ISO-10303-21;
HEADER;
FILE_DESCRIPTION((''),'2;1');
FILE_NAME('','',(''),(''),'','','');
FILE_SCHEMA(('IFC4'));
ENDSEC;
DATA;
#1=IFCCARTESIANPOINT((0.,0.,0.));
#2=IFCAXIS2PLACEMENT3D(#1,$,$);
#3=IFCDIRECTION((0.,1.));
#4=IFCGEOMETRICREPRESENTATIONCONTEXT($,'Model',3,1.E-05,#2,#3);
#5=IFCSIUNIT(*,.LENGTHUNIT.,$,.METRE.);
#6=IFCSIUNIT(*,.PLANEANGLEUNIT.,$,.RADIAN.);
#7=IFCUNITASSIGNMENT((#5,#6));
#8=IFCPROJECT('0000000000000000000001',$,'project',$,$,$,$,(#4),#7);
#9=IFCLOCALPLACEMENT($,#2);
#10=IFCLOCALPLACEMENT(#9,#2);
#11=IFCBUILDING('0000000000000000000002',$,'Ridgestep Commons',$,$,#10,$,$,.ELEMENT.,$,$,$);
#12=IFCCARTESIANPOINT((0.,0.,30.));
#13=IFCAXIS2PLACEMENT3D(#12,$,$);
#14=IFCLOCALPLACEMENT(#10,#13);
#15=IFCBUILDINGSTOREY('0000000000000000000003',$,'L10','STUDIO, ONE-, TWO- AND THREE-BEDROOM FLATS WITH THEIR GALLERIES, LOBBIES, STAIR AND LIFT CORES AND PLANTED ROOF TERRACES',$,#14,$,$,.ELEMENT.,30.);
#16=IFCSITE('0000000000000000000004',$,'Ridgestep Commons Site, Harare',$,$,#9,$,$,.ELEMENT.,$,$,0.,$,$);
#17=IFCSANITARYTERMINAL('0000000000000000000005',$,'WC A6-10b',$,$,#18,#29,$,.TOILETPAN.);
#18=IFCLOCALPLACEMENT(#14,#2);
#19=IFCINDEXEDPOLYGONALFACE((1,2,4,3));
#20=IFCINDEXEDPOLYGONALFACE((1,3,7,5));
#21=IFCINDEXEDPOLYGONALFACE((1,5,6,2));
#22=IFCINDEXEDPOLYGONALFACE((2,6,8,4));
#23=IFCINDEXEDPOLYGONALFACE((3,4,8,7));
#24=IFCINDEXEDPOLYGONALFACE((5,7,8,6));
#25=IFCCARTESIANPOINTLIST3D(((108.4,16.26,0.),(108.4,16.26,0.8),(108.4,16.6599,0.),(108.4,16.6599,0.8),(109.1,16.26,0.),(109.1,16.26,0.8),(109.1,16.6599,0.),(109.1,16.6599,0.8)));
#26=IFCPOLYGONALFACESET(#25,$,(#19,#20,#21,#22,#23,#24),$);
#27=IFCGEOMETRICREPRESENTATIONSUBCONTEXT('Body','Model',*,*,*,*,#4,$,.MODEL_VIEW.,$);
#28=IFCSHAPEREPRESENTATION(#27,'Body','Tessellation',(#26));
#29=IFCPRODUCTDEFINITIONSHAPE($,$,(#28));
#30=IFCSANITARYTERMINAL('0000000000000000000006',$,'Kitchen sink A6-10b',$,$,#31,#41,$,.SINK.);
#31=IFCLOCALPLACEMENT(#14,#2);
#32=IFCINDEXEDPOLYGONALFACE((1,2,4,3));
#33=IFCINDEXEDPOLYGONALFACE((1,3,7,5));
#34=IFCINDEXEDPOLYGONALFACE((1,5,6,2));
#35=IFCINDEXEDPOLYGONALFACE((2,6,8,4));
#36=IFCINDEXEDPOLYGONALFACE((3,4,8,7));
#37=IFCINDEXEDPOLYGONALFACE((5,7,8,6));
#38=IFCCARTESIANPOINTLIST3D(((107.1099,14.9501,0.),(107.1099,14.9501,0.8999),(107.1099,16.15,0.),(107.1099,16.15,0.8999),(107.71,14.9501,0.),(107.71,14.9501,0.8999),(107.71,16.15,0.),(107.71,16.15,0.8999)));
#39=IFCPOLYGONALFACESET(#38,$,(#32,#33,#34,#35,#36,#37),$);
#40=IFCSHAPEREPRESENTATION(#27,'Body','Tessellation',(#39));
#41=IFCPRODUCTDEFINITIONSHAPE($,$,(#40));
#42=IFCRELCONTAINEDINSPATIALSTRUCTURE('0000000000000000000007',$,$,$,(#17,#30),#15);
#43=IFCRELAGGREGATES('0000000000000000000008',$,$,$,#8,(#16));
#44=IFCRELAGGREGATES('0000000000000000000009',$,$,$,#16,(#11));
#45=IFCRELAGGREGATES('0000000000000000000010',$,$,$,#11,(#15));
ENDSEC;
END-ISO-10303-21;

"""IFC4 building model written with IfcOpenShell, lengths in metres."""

from ifc_helpers import new_model, si_unit, direction, frame, origin, origin_2d, place, context, subcontext, project, spatial, rectangle, extrude, element, save


model = new_model("IFC4")

# Units and contexts
model_context = context("Model", 3, precision=1e-05, world=origin(), true_north=direction((0.0, 1.0)))
body_context = subcontext(model_context, "Body", "Model", "MODEL_VIEW")
ifc_project = project(units=[si_unit("LENGTHUNIT", "METRE"), si_unit("PLANEANGLEUNIT", "RADIAN")], contexts=[model_context])

# Site, building, storey
site_placement = place(None, origin())
site = spatial("IfcSite", under=ifc_project, at=site_placement, Name="Ridgestep Commons Site, Harare", CompositionType="ELEMENT", RefElevation=0.0)
building_placement = place(site_placement, origin())
building = spatial("IfcBuilding", under=site, at=building_placement, Name="Ridgestep Commons", CompositionType="ELEMENT")
storey_placement = place(building_placement, frame((0.0, 0.0, 30.0)))
storey = spatial("IfcBuildingStorey", under=building, at=storey_placement, Name="L10", Description="STUDIO, ONE-, TWO- AND THREE-BEDROOM FLATS WITH THEIR GALLERIES, LOBBIES, STAIR AND LIFT CORES AND PLANTED ROOF TERRACES", CompositionType="ELEMENT", Elevation=30.0)

# Sanitary terminals
sanitary_terminal_1_placement = place(storey_placement, frame((108.75, 16.46, 0.0), z_axis=(0.0, 0.0, 1.0), x_axis=(1.0, 0.0, 0.0)))
element("IfcSanitaryTerminal", 1, at=sanitary_terminal_1_placement, inside=storey, Name="WC A6-10b", PredefinedType="TOILETPAN", context=body_context, shape_type="SweptSolid", body=[
    extrude(rectangle(XDim=0.7, YDim=0.3999, at=origin_2d()), origin(), (0.0, 0.0, 1.0), 0.8),
])
sanitary_terminal_2_placement = place(storey_placement, frame((107.4099, 15.55, 0.0), z_axis=(0.0, 0.0, 1.0), x_axis=(1.0, 0.0, 0.0)))
element("IfcSanitaryTerminal", 2, at=sanitary_terminal_2_placement, inside=storey, Name="Kitchen sink A6-10b", PredefinedType="SINK", context=body_context, shape_type="SweptSolid", body=[
    extrude(rectangle(XDim=0.6001, YDim=1.2, at=origin_2d()), origin(), (0.0, 0.0, 1.0), 0.8999),
])

save(model, "model.ifc")
